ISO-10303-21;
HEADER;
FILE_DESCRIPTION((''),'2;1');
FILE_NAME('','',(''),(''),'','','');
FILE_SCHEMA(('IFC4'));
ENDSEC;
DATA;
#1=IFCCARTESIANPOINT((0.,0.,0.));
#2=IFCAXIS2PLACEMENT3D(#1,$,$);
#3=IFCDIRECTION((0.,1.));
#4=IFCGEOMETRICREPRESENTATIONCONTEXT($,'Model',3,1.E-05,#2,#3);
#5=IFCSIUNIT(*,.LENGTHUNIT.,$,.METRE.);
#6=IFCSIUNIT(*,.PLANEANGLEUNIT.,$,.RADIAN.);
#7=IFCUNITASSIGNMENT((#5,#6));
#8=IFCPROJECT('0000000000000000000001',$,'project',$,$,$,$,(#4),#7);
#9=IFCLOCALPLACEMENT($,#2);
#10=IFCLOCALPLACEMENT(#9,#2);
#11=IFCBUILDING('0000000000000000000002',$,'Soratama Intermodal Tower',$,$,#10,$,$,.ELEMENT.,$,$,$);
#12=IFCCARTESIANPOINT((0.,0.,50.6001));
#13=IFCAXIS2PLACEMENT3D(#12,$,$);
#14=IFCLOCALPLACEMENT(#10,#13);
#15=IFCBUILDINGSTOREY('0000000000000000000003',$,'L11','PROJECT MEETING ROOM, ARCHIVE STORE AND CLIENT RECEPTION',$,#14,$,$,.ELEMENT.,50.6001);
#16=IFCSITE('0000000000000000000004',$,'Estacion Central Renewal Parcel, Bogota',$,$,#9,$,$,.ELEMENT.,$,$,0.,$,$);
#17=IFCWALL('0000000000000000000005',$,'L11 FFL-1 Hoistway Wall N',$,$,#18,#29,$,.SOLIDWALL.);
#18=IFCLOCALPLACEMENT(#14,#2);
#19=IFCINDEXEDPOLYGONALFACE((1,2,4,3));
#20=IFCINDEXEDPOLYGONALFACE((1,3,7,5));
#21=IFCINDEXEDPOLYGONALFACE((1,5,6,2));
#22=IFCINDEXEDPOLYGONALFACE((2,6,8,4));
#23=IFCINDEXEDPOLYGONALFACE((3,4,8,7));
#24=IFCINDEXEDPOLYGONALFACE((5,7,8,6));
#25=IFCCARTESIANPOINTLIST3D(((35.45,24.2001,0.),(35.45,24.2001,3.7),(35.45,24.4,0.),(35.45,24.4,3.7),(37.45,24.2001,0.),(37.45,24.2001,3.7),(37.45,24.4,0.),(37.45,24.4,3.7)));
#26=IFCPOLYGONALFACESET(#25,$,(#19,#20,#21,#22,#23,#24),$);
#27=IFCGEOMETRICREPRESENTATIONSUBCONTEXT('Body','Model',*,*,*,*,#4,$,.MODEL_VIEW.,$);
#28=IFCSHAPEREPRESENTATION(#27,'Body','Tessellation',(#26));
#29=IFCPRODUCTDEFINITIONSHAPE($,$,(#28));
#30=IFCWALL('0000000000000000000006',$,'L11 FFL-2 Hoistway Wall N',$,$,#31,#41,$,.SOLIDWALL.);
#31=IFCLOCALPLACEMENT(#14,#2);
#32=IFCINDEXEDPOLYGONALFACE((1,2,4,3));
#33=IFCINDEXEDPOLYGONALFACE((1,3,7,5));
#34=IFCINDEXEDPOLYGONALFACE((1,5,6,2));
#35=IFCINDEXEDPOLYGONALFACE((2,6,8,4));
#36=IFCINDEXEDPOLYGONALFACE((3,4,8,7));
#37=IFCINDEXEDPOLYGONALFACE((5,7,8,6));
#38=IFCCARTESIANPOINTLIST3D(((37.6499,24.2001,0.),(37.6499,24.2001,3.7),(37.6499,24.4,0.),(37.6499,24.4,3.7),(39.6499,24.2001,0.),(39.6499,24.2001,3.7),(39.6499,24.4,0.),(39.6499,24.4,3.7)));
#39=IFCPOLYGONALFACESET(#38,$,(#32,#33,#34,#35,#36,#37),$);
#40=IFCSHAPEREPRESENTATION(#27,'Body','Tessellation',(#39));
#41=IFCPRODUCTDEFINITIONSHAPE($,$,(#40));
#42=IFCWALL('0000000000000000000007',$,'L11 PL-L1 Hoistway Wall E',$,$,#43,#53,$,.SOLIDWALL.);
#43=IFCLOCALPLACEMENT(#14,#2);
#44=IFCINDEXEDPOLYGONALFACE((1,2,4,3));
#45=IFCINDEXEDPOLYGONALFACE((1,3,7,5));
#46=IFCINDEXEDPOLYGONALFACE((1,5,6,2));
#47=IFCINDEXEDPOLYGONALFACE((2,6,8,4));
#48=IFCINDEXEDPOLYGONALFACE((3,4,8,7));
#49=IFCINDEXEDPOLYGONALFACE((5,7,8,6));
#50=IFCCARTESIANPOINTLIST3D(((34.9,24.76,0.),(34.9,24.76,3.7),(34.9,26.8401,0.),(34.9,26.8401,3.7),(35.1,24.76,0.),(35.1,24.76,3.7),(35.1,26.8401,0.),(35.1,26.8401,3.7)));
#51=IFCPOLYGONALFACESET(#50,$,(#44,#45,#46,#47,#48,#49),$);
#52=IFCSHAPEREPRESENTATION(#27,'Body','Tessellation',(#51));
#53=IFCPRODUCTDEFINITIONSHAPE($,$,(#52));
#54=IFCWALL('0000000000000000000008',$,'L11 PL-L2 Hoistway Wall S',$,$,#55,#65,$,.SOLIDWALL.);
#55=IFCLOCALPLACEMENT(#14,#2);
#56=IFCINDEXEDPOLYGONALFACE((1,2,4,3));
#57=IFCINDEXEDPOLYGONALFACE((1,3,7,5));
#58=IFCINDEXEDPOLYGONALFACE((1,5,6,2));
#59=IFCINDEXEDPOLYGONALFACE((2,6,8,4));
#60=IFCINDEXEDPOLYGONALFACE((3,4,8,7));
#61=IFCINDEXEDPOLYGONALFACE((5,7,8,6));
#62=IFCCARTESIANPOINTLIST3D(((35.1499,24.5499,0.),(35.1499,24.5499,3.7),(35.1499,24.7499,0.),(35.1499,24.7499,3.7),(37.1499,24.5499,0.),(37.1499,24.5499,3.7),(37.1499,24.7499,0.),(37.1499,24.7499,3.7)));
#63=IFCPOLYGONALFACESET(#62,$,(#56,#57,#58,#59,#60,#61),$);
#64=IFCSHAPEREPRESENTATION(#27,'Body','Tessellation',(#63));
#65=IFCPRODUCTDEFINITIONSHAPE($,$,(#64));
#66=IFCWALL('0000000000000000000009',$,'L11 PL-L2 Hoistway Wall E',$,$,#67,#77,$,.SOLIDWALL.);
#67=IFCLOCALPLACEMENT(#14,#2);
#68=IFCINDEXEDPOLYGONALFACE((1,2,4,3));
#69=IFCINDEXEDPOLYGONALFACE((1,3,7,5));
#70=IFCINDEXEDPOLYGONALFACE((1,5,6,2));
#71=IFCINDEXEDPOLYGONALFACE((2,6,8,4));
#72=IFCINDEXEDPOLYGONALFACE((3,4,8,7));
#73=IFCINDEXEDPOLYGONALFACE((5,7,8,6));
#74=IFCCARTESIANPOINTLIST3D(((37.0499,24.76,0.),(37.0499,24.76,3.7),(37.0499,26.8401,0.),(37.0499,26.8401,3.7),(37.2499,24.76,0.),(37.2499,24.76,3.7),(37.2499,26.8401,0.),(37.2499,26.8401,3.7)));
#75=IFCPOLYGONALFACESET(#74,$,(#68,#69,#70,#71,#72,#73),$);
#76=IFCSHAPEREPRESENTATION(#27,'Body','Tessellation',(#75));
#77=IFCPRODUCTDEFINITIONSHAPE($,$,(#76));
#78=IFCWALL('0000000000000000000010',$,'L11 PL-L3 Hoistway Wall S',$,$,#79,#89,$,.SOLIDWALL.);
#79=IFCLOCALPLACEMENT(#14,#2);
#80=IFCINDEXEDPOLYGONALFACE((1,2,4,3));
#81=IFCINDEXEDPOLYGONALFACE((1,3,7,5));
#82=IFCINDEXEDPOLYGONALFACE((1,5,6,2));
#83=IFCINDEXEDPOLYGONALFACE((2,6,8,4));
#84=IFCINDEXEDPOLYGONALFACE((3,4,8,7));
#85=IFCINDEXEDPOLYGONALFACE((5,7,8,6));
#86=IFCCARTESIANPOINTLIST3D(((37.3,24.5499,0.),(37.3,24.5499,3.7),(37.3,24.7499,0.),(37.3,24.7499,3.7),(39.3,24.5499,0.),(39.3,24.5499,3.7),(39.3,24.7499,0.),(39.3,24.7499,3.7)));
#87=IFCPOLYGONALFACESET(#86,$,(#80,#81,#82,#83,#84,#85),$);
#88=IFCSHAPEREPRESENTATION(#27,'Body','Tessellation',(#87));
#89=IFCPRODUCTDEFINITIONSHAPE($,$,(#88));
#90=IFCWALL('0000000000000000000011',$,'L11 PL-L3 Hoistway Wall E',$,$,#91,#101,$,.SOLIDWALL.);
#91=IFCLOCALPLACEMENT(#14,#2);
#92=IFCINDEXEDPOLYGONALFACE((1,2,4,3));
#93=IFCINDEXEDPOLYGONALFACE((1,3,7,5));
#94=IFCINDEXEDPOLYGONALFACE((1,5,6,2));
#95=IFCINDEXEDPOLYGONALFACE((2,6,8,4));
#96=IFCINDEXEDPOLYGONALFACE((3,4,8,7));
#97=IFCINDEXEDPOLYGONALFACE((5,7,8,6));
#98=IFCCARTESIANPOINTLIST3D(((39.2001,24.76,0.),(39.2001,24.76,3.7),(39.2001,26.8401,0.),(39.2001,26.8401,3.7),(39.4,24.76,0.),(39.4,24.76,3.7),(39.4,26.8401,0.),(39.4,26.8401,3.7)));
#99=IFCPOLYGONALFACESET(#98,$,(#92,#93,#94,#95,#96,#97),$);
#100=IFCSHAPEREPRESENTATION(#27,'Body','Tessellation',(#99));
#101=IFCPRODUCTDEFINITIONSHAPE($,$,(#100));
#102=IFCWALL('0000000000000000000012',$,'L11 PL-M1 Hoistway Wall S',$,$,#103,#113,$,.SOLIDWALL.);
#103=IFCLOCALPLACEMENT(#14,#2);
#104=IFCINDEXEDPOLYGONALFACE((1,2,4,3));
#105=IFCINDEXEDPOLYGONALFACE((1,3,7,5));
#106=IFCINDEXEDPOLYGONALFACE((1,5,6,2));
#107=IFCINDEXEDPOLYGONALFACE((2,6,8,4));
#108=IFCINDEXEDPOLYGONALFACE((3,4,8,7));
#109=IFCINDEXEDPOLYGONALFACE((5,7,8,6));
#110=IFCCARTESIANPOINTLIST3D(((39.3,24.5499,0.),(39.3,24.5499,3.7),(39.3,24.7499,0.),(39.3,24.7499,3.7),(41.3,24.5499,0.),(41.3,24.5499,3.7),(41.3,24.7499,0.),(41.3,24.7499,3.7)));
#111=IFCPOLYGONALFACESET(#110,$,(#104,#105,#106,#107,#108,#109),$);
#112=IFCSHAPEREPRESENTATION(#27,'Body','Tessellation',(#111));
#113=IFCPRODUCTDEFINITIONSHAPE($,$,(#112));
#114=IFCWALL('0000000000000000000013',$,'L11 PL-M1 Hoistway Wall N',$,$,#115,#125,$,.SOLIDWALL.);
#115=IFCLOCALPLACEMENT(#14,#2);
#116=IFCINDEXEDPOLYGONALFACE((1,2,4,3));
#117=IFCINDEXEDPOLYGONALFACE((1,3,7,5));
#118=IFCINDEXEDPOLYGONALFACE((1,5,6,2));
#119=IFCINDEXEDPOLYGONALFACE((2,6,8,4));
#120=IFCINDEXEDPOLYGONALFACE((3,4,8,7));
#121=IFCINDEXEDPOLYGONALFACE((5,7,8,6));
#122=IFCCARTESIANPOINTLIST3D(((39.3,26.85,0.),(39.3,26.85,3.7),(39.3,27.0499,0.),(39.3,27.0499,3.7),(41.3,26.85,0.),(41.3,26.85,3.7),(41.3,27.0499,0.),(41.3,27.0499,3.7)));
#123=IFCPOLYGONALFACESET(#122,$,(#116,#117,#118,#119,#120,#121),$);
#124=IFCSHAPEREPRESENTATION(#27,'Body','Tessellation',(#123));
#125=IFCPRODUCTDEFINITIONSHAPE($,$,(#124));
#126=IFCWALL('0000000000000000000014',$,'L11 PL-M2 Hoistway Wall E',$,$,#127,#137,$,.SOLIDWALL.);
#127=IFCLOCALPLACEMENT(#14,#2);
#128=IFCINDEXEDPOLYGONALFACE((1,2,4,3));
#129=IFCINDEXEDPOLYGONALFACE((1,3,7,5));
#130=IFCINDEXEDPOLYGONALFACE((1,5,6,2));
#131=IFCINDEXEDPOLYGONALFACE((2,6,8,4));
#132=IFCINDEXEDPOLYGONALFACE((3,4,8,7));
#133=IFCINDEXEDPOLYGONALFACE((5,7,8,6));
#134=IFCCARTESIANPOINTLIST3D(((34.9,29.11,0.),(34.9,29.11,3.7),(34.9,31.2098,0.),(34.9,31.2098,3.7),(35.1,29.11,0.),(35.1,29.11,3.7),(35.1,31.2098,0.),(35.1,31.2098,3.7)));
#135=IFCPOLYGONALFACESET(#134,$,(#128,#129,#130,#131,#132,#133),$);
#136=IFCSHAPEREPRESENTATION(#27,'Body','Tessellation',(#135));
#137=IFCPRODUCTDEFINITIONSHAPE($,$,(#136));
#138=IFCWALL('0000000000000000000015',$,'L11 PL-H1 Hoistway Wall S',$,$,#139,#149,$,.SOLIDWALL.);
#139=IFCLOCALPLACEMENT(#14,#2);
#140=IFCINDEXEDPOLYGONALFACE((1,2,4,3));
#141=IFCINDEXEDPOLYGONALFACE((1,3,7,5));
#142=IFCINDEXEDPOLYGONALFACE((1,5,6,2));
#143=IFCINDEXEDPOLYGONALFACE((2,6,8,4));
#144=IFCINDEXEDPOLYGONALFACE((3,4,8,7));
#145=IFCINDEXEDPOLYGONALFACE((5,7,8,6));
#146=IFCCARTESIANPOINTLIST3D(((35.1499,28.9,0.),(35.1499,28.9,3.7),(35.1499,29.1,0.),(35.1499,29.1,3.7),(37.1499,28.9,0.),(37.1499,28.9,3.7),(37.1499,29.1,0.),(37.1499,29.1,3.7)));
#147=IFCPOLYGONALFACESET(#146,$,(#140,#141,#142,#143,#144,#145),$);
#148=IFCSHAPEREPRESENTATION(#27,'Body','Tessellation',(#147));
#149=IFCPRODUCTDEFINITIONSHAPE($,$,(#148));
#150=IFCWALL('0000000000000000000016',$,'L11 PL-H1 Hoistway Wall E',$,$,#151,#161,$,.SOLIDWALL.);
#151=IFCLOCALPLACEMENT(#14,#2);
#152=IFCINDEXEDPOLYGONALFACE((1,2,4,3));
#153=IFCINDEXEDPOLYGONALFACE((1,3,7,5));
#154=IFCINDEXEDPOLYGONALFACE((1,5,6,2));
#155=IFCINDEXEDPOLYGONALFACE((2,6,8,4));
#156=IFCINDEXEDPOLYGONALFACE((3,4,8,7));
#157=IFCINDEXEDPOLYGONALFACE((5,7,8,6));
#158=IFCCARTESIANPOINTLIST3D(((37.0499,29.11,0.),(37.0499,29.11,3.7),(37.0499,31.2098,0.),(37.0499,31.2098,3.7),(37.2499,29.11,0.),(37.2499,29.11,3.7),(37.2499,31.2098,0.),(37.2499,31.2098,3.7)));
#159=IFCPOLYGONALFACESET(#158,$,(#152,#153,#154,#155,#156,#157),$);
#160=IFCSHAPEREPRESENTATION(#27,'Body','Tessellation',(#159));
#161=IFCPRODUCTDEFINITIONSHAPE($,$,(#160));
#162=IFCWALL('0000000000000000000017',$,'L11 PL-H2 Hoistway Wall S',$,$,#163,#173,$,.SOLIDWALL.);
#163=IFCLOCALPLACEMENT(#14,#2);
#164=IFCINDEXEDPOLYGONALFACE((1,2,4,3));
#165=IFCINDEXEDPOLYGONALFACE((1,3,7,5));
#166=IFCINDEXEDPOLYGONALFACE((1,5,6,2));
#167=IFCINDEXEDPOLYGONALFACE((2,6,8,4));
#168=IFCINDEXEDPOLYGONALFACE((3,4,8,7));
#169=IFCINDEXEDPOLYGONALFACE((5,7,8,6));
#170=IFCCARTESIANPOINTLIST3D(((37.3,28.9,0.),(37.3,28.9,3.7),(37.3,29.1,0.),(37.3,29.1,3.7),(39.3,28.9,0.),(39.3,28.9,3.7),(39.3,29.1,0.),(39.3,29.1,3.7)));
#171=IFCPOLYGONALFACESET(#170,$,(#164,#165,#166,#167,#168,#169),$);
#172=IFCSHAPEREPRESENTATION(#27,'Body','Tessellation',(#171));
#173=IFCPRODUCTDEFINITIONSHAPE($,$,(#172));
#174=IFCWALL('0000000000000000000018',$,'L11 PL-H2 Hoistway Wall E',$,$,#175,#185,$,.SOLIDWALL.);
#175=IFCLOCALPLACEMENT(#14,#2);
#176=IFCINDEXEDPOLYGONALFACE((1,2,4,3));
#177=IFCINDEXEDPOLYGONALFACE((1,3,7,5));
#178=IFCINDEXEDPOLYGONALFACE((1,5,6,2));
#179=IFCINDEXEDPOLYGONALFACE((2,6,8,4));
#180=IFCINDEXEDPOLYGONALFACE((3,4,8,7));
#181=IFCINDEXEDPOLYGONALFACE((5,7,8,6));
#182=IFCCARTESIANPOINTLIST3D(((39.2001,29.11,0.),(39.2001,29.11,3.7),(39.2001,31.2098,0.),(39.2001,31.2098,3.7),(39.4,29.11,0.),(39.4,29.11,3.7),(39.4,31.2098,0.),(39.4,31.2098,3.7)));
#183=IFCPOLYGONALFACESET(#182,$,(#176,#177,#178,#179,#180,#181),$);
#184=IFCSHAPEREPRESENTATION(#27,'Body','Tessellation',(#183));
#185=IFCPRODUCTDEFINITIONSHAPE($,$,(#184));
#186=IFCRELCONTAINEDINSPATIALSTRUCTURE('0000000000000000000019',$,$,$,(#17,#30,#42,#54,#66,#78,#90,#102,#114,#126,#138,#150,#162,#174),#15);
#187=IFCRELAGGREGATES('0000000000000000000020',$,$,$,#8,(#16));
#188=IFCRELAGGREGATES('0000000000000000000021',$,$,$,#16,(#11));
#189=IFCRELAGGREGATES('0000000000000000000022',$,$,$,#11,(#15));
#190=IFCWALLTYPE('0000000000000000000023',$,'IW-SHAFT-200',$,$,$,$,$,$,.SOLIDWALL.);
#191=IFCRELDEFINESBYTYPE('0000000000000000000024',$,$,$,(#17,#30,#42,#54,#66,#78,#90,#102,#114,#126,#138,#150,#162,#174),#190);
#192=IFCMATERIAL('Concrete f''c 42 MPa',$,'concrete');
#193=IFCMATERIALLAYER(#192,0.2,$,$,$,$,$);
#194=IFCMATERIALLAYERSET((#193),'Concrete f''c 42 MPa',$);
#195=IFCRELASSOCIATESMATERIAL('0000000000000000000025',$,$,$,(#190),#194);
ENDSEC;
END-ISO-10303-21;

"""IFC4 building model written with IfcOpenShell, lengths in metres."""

from ifc_helpers import new_model, si_unit, direction, frame, frame_2d, origin, place, context, subcontext, project, spatial, rectangle, extrude, material, layer, layer_set, type_object, element, save


model = new_model("IFC4")

# Units and contexts
model_context = context("Model", 3, precision=1e-05, world=origin(), true_north=direction((0.0, 1.0)))
body_context = subcontext(model_context, "Body", "Model", "MODEL_VIEW")
ifc_project = project(units=[si_unit("LENGTHUNIT", "METRE"), si_unit("PLANEANGLEUNIT", "RADIAN")], contexts=[model_context])

# Site, building, storey
site_placement = place(None, origin())
site = spatial("IfcSite", under=ifc_project, at=site_placement, Name="Estacion Central Renewal Parcel, Bogota", CompositionType="ELEMENT", RefElevation=0.0)
building_placement = place(site_placement, origin())
building = spatial("IfcBuilding", under=site, at=building_placement, Name="Soratama Intermodal Tower", CompositionType="ELEMENT")
storey_placement = place(building_placement, frame((0.0, 0.0, 50.6001)))
storey = spatial("IfcBuildingStorey", under=building, at=storey_placement, Name="L11", Description="PROJECT MEETING ROOM, ARCHIVE STORE AND CLIENT RECEPTION", CompositionType="ELEMENT", Elevation=50.6001)

# Walls
ifc_material_1 = material(Name="Concrete f'c 42 MPa", Category="concrete")
ifc_layer_1 = layer(ifc_material_1, 0.2)
ifc_layer_set_1 = layer_set([ifc_layer_1], Name="Concrete f'c 42 MPa")
wall_type = type_object("IfcWallType", Name="IW-SHAFT-200", PredefinedType="SOLIDWALL", material=ifc_layer_set_1)
for number, where, z_axis, x_axis, name in (
    (1, (35.45, 24.3, 0.0), (0.0, 0.0, 1.0), (1.0, 0.0, 0.0), "L11 FFL-1 Hoistway Wall N"),
    (2, (37.6499, 24.3, 0.0), (0.0, 0.0, 1.0), (1.0, 0.0, 0.0), "L11 FFL-2 Hoistway Wall N"),
):
    element("IfcWall", number, at=place(storey_placement, frame(where, z_axis=z_axis, x_axis=x_axis)), inside=storey, type_object=wall_type, Name=name, PredefinedType="SOLIDWALL", context=body_context, shape_type="SweptSolid", body=[
        extrude(rectangle(XDim=2.0, YDim=0.2, at=frame_2d((1.0, 0.0))), origin(), (0.0, 0.0, 1.0), 3.7),
    ])
wall_1_placement = place(storey_placement, frame((35.0, 24.76, 0.0), z_axis=(0.0, 0.0, 1.0), x_axis=(0.0, 1.0, 0.0)))
element("IfcWall", 3, at=wall_1_placement, inside=storey, type_object=wall_type, Name="L11 PL-L1 Hoistway Wall E", PredefinedType="SOLIDWALL", context=body_context, shape_type="SweptSolid", body=[
    extrude(rectangle(XDim=2.0801, YDim=0.2, at=frame_2d((1.04, 0.0))), origin(), (0.0, 0.0, 1.0), 3.7),
])
wall_2_placement = place(storey_placement, frame((35.1499, 24.6499, 0.0), z_axis=(0.0, 0.0, 1.0), x_axis=(1.0, 0.0, 0.0)))
element("IfcWall", 4, at=wall_2_placement, inside=storey, type_object=wall_type, Name="L11 PL-L2 Hoistway Wall S", PredefinedType="SOLIDWALL", context=body_context, shape_type="SweptSolid", body=[
    extrude(rectangle(XDim=2.0, YDim=0.2, at=frame_2d((1.0, 0.0))), origin(), (0.0, 0.0, 1.0), 3.7),
])

# Walls
wall_3_placement = place(storey_placement, frame((37.1499, 24.76, 0.0), z_axis=(0.0, 0.0, 1.0), x_axis=(0.0, 1.0, 0.0)))
element("IfcWall", 5, at=wall_3_placement, inside=storey, type_object=wall_type, Name="L11 PL-L2 Hoistway Wall E", PredefinedType="SOLIDWALL", context=body_context, shape_type="SweptSolid", body=[
    extrude(rectangle(XDim=2.0801, YDim=0.2, at=frame_2d((1.04, 0.0))), origin(), (0.0, 0.0, 1.0), 3.7),
])
wall_4_placement = place(storey_placement, frame((37.3, 24.6499, 0.0), z_axis=(0.0, 0.0, 1.0), x_axis=(1.0, 0.0, 0.0)))
element("IfcWall", 6, at=wall_4_placement, inside=storey, type_object=wall_type, Name="L11 PL-L3 Hoistway Wall S", PredefinedType="SOLIDWALL", context=body_context, shape_type="SweptSolid", body=[
    extrude(rectangle(XDim=2.0, YDim=0.2, at=frame_2d((1.0, 0.0))), origin(), (0.0, 0.0, 1.0), 3.7),
])

# Walls
wall_5_placement = place(storey_placement, frame((39.3, 24.76, 0.0), z_axis=(0.0, 0.0, 1.0), x_axis=(0.0, 1.0, 0.0)))
element("IfcWall", 7, at=wall_5_placement, inside=storey, type_object=wall_type, Name="L11 PL-L3 Hoistway Wall E", PredefinedType="SOLIDWALL", context=body_context, shape_type="SweptSolid", body=[
    extrude(rectangle(XDim=2.0801, YDim=0.2, at=frame_2d((1.04, 0.0))), origin(), (0.0, 0.0, 1.0), 3.7),
])
for number, where, z_axis, x_axis, name in (
    (8, (39.3, 24.6499, 0.0), (0.0, 0.0, 1.0), (1.0, 0.0, 0.0), "L11 PL-M1 Hoistway Wall S"),
    (9, (39.3, 26.95, 0.0), (0.0, 0.0, 1.0), (1.0, 0.0, 0.0), "L11 PL-M1 Hoistway Wall N"),
):
    element("IfcWall", number, at=place(storey_placement, frame(where, z_axis=z_axis, x_axis=x_axis)), inside=storey, type_object=wall_type, Name=name, PredefinedType="SOLIDWALL", context=body_context, shape_type="SweptSolid", body=[
        extrude(rectangle(XDim=2.0, YDim=0.2, at=frame_2d((1.0, 0.0))), origin(), (0.0, 0.0, 1.0), 3.7),
    ])
wall_6_placement = place(storey_placement, frame((35.0, 29.1101, 0.0), z_axis=(0.0, 0.0, 1.0), x_axis=(0.0, 1.0, 0.0)))
element("IfcWall", 10, at=wall_6_placement, inside=storey, type_object=wall_type, Name="L11 PL-M2 Hoistway Wall E", PredefinedType="SOLIDWALL", context=body_context, shape_type="SweptSolid", body=[
    extrude(rectangle(XDim=2.0999, YDim=0.2, at=frame_2d((1.0498, 0.0))), origin(), (0.0, 0.0, 1.0), 3.7),
])
wall_7_placement = place(storey_placement, frame((35.1499, 29.0, 0.0), z_axis=(0.0, 0.0, 1.0), x_axis=(1.0, 0.0, 0.0)))
element("IfcWall", 11, at=wall_7_placement, inside=storey, type_object=wall_type, Name="L11 PL-H1 Hoistway Wall S", PredefinedType="SOLIDWALL", context=body_context, shape_type="SweptSolid", body=[
    extrude(rectangle(XDim=2.0, YDim=0.2, at=frame_2d((1.0, 0.0))), origin(), (0.0, 0.0, 1.0), 3.7),
])
wall_8_placement = place(storey_placement, frame((37.1499, 29.1101, 0.0), z_axis=(0.0, 0.0, 1.0), x_axis=(0.0, 1.0, 0.0)))
element("IfcWall", 12, at=wall_8_placement, inside=storey, type_object=wall_type, Name="L11 PL-H1 Hoistway Wall E", PredefinedType="SOLIDWALL", context=body_context, shape_type="SweptSolid", body=[
    extrude(rectangle(XDim=2.0999, YDim=0.2, at=frame_2d((1.0498, 0.0))), origin(), (0.0, 0.0, 1.0), 3.7),
])
wall_9_placement = place(storey_placement, frame((37.3, 29.0, 0.0), z_axis=(0.0, 0.0, 1.0), x_axis=(1.0, 0.0, 0.0)))
element("IfcWall", 13, at=wall_9_placement, inside=storey, type_object=wall_type, Name="L11 PL-H2 Hoistway Wall S", PredefinedType="SOLIDWALL", context=body_context, shape_type="SweptSolid", body=[
    extrude(rectangle(XDim=2.0, YDim=0.2, at=frame_2d((1.0, 0.0))), origin(), (0.0, 0.0, 1.0), 3.7),
])
wall_10_placement = place(storey_placement, frame((39.3, 29.1101, 0.0), z_axis=(0.0, 0.0, 1.0), x_axis=(0.0, 1.0, 0.0)))
element("IfcWall", 14, at=wall_10_placement, inside=storey, type_object=wall_type, Name="L11 PL-H2 Hoistway Wall E", PredefinedType="SOLIDWALL", context=body_context, shape_type="SweptSolid", body=[
    extrude(rectangle(XDim=2.0999, YDim=0.2, at=frame_2d((1.0498, 0.0))), origin(), (0.0, 0.0, 1.0), 3.7),
])

save(model, "model.ifc")
